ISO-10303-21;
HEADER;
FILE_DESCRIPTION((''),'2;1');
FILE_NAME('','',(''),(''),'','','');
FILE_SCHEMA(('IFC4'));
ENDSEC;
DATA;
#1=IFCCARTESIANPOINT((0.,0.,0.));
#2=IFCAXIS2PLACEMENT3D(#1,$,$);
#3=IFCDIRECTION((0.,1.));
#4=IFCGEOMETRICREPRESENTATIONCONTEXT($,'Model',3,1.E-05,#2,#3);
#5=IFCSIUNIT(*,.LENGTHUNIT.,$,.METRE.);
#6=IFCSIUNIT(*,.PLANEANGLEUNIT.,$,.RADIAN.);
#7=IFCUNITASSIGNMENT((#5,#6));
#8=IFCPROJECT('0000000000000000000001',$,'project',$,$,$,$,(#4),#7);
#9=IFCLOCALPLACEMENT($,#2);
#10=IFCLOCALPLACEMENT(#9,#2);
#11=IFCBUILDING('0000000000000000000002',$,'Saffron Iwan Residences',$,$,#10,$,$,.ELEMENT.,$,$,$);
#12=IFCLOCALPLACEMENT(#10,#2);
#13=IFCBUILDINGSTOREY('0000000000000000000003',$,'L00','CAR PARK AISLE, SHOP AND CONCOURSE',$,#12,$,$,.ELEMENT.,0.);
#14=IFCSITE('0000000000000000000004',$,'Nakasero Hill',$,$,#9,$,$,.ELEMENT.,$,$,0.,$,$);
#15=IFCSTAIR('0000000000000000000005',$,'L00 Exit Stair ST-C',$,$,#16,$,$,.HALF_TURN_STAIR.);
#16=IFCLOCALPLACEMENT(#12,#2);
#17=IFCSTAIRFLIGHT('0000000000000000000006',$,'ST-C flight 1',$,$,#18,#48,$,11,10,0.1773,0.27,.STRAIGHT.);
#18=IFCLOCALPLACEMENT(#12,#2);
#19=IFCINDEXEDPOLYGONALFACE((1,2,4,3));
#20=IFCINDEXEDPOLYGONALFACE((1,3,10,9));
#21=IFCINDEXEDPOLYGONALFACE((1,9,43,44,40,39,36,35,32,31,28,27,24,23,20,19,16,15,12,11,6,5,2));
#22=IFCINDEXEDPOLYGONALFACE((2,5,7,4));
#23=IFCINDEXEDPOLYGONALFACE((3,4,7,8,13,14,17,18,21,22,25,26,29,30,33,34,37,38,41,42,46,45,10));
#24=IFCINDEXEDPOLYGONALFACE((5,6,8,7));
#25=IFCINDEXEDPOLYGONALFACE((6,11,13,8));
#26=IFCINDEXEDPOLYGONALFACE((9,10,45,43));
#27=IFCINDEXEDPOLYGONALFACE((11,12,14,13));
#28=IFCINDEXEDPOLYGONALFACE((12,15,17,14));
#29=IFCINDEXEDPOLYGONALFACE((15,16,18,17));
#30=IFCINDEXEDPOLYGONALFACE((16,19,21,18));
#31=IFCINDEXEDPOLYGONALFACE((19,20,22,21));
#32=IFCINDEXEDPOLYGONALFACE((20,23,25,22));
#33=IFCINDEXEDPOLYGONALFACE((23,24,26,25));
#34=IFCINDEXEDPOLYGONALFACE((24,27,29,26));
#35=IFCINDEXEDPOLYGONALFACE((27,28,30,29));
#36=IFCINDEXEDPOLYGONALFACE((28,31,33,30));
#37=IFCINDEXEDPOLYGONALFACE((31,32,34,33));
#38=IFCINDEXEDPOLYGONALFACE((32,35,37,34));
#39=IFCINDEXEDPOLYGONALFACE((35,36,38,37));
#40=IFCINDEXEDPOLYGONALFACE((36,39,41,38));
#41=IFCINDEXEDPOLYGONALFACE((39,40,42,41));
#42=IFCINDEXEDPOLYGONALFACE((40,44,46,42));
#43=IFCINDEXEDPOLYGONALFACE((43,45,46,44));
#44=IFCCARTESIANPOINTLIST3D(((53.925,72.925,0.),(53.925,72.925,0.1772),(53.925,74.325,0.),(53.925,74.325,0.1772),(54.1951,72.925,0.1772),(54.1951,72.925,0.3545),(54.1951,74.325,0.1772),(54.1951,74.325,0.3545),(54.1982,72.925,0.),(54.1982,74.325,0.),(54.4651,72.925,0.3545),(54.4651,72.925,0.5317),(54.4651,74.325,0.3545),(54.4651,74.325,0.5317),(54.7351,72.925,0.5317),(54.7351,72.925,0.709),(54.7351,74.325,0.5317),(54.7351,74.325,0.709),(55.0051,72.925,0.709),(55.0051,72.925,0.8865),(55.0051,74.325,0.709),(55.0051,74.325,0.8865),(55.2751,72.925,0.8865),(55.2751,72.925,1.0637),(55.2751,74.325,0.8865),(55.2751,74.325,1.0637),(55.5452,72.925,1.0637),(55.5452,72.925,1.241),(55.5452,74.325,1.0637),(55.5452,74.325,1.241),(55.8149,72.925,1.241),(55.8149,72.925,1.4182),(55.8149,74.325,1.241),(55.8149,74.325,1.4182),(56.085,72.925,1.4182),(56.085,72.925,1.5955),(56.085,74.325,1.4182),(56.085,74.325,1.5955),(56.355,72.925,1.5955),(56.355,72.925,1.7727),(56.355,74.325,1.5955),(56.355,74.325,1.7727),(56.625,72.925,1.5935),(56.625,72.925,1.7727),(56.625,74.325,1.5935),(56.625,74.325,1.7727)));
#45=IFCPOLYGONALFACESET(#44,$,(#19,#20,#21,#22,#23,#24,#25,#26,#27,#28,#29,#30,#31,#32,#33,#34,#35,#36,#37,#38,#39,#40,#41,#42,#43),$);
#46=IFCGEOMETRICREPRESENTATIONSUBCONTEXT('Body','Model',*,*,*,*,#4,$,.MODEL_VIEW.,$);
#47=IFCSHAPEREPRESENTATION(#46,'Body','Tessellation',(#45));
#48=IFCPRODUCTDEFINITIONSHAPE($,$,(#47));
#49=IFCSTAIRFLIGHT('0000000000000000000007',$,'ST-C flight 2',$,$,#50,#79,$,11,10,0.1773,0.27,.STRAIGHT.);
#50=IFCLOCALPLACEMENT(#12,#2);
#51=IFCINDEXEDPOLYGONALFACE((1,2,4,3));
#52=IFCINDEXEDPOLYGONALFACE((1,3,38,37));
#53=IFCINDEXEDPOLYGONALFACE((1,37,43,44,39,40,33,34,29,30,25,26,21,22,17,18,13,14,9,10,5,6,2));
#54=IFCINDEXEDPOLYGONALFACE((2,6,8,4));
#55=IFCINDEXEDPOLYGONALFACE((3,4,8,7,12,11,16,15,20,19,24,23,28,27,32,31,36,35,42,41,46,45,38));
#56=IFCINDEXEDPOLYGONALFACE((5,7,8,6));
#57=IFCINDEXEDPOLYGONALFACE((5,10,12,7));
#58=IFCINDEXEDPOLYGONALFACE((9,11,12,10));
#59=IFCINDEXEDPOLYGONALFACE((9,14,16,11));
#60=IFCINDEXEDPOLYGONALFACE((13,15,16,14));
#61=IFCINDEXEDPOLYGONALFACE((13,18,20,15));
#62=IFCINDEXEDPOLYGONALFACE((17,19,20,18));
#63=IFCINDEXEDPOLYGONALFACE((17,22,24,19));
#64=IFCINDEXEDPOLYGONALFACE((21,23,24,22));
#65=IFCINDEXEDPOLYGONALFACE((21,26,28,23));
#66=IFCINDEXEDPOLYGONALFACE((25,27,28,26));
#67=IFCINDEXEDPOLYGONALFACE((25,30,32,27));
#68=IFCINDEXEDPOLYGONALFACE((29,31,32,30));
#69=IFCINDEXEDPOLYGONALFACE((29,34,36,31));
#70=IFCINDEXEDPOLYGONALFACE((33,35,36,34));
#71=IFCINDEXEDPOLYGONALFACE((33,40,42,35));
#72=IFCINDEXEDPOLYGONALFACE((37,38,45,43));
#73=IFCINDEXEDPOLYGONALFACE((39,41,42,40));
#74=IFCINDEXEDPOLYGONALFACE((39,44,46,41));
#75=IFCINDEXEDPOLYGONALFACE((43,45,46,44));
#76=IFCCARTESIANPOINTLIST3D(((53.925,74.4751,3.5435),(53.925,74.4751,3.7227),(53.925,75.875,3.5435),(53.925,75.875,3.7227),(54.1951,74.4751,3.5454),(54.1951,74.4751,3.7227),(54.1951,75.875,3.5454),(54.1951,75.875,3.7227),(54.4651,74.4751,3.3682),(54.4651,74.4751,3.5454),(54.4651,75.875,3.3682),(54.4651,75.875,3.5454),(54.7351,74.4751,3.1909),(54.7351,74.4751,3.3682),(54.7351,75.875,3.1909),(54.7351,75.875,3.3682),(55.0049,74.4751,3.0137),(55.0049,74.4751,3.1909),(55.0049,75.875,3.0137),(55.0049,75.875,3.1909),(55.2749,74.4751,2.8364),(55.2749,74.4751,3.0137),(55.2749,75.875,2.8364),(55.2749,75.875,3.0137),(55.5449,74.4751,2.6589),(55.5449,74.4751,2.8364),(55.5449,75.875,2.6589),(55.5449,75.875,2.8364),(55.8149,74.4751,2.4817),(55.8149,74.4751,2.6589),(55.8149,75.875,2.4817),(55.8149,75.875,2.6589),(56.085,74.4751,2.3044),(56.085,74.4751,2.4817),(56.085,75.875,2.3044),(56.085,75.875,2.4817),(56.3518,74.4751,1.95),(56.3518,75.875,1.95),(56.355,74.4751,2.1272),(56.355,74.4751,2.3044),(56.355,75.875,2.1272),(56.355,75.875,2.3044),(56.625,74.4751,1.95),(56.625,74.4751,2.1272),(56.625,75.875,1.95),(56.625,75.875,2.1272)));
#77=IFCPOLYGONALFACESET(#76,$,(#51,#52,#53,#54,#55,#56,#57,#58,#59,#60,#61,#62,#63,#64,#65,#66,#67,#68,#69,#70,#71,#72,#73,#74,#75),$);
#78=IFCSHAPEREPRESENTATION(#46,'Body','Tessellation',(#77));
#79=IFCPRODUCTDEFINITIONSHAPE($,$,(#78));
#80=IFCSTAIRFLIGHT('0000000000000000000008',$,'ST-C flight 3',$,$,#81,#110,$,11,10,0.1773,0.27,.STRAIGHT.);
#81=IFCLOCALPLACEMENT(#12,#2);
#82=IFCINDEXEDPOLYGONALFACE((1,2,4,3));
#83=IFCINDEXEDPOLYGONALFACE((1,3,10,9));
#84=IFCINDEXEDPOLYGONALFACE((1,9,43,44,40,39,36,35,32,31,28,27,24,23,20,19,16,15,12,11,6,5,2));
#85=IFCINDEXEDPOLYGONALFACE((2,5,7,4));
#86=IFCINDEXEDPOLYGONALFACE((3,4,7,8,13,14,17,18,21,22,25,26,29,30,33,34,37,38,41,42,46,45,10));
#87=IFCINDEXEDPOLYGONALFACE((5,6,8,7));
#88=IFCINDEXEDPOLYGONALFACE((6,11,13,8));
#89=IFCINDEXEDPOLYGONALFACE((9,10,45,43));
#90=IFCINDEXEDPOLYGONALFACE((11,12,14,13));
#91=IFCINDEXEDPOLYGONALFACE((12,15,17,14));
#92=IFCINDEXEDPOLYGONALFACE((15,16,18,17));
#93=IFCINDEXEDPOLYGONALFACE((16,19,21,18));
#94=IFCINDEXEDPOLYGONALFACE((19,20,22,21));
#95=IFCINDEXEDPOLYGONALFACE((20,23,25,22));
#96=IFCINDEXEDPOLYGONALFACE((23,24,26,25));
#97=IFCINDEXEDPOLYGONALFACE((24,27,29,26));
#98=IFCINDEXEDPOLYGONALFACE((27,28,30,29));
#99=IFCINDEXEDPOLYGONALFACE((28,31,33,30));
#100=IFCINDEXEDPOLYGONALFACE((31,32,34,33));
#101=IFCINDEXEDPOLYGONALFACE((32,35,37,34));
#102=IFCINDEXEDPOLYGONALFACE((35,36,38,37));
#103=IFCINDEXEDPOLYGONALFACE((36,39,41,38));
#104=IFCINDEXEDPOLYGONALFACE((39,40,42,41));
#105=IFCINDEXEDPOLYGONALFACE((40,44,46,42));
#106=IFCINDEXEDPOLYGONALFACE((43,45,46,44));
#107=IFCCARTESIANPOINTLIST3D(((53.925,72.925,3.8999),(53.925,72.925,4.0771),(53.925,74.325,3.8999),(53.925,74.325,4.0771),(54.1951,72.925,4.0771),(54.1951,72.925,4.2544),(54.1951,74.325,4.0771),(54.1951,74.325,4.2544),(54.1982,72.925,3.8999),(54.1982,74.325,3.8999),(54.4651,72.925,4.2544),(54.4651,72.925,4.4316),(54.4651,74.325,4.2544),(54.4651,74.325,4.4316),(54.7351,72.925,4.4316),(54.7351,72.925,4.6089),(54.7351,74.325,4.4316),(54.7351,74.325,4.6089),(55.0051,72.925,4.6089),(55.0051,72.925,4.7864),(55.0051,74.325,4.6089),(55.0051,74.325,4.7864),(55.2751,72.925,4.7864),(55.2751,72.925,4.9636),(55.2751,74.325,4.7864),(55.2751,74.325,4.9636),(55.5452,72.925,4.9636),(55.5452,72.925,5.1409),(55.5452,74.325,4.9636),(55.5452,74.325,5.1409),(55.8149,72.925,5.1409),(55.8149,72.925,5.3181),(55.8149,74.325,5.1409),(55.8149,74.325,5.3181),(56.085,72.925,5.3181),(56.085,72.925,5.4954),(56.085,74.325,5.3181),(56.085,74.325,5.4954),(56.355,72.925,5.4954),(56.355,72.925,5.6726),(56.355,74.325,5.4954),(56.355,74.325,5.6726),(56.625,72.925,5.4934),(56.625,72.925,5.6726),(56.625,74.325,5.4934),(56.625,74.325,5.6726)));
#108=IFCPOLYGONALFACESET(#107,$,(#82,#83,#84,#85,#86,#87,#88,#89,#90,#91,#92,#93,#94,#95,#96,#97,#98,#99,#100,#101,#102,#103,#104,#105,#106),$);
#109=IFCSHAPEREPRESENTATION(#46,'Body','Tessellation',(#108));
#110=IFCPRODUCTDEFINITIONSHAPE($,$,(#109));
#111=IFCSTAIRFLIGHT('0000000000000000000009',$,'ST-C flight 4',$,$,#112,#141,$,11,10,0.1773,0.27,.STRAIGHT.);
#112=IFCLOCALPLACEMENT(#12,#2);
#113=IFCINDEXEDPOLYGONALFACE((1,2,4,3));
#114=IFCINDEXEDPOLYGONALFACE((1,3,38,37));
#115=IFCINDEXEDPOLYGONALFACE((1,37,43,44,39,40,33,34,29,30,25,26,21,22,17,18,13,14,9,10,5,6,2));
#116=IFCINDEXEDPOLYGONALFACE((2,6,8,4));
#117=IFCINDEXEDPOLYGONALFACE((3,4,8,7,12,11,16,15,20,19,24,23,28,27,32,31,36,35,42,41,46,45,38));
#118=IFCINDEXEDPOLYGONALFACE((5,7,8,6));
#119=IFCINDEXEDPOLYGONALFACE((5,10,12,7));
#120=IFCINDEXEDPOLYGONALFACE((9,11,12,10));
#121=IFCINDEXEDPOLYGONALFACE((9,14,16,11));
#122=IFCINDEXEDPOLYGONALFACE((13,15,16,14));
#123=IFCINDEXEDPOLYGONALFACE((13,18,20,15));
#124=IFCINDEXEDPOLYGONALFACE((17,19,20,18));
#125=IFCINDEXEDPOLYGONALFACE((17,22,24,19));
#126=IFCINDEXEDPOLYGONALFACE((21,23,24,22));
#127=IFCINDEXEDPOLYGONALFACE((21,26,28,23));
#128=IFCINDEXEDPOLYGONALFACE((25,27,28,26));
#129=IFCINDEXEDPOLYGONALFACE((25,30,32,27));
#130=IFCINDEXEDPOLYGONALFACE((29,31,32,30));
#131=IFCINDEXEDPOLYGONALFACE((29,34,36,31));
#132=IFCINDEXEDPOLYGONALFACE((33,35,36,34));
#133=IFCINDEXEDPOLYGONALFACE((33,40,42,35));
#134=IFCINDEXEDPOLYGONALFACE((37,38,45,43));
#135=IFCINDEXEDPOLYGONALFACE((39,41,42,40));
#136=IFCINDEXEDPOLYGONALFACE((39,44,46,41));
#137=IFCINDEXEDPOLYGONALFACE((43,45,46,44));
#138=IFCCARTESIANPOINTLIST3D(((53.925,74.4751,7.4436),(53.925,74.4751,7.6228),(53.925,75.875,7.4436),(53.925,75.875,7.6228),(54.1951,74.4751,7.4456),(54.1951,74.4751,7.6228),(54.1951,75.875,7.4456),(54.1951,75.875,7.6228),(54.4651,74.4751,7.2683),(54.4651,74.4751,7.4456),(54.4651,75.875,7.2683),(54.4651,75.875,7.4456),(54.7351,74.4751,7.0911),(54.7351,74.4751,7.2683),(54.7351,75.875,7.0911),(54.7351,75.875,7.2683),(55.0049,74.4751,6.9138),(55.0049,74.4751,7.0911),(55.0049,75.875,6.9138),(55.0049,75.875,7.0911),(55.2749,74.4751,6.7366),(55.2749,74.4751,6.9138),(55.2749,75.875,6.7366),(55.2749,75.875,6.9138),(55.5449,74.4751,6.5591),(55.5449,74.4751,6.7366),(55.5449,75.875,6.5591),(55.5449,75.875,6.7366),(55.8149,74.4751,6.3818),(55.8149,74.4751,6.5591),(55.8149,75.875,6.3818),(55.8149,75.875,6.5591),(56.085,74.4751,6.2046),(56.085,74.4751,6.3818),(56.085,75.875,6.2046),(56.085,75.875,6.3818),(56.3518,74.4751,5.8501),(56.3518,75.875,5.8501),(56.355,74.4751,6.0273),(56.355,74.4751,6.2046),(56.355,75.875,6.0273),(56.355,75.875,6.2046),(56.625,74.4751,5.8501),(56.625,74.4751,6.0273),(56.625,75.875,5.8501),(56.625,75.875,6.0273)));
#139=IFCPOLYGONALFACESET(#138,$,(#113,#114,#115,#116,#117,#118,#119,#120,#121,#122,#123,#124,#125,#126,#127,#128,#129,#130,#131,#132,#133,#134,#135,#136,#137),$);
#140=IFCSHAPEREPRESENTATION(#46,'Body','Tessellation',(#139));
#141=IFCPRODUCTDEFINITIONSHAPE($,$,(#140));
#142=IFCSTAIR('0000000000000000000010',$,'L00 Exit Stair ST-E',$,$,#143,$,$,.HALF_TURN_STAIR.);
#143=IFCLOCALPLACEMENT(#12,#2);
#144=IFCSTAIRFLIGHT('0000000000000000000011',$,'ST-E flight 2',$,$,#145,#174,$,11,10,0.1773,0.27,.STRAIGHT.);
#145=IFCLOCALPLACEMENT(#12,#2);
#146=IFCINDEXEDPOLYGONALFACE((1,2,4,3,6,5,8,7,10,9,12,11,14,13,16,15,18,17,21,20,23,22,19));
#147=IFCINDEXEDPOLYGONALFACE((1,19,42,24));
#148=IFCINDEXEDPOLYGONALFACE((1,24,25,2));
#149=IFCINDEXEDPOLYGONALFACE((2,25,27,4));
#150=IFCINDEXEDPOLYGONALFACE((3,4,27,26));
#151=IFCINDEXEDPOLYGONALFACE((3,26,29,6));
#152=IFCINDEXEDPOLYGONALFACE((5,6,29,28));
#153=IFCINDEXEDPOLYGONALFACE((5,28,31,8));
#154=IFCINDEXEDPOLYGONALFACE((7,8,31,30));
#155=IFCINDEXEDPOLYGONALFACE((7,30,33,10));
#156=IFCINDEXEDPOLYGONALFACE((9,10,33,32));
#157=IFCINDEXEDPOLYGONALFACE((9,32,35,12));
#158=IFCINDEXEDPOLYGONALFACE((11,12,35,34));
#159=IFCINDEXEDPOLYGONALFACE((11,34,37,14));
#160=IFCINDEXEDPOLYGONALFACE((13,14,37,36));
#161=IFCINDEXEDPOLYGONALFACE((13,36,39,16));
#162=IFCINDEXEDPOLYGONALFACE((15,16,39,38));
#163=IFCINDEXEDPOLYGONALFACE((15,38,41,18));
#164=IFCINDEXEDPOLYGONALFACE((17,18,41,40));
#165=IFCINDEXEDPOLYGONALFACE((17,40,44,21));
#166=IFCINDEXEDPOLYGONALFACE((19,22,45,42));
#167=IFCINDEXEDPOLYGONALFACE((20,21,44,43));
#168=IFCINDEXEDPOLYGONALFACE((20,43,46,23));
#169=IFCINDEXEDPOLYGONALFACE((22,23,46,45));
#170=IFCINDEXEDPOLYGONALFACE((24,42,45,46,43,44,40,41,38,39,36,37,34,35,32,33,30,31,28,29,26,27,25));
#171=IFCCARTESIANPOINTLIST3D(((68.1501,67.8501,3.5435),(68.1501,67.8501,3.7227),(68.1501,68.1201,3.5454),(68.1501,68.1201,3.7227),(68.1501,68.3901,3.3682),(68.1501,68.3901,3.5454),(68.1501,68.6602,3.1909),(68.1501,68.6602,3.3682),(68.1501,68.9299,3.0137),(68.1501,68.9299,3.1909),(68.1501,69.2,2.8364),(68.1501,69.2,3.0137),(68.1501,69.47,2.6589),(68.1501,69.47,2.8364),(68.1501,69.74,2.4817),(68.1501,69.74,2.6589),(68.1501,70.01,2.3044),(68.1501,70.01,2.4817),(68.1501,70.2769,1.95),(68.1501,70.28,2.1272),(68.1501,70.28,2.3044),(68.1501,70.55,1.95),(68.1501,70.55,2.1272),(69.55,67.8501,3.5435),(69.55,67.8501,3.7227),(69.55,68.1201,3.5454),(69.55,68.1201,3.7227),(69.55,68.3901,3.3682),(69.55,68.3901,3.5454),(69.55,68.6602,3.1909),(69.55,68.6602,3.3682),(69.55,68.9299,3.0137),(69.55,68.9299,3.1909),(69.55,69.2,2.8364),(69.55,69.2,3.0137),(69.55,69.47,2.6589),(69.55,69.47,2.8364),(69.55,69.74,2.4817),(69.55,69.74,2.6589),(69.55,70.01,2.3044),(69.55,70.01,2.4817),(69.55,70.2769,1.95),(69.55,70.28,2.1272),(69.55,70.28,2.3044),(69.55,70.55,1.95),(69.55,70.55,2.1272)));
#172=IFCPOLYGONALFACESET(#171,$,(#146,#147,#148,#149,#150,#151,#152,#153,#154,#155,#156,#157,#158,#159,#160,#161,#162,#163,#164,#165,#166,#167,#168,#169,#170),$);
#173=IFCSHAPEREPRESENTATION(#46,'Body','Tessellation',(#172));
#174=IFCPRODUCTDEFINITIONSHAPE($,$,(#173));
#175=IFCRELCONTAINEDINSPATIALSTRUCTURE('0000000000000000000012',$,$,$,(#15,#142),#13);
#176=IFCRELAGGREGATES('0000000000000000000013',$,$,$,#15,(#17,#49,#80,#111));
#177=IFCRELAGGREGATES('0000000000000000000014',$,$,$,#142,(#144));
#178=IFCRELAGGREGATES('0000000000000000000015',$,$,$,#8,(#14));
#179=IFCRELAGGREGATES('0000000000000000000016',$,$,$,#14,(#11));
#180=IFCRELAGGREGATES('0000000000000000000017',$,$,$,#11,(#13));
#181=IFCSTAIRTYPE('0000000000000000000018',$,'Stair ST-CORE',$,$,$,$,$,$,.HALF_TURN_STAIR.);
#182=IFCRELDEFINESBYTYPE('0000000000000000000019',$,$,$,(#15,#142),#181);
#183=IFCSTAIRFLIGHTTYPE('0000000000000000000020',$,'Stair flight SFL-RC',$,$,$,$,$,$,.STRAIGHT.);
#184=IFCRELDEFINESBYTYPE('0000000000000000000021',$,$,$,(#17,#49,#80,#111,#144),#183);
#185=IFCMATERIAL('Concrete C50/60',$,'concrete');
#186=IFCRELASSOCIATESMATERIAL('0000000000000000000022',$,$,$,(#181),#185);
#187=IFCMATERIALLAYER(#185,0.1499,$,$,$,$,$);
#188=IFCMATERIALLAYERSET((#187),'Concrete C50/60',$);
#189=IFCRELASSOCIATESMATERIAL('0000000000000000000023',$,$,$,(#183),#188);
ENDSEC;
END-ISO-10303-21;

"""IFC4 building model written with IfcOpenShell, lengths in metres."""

from ifc_helpers import new_model, si_unit, direction, frame, origin, place, context, subcontext, project, spatial, polyline, outline, extrude, material, layer, layer_set, type_object, element, aggregate, save


model = new_model("IFC4")

# Units and contexts
model_context = context("Model", 3, precision=1e-05, world=origin(), true_north=direction((0.0, 1.0)))
body_context = subcontext(model_context, "Body", "Model", "MODEL_VIEW")
ifc_project = project(units=[si_unit("LENGTHUNIT", "METRE"), si_unit("PLANEANGLEUNIT", "RADIAN")], contexts=[model_context])

# Site, building, storey
site_placement = place(None, origin())
site = spatial("IfcSite", under=ifc_project, at=site_placement, Name="Nakasero Hill", CompositionType="ELEMENT", RefElevation=0.0)
building_placement = place(site_placement, origin())
building = spatial("IfcBuilding", under=site, at=building_placement, Name="Saffron Iwan Residences", CompositionType="ELEMENT")
storey_placement = place(building_placement, origin())
storey = spatial("IfcBuildingStorey", under=building, at=storey_placement, Name="L00", Description="CAR PARK AISLE, SHOP AND CONCOURSE", CompositionType="ELEMENT", Elevation=0.0)

# Shared definitions
ifc_material_1 = material(Name="Concrete C50/60", Category="concrete")

# Stairs, stair flights
stair_type = type_object("IfcStairType", Name="Stair ST-CORE", PredefinedType="HALF_TURN_STAIR", material=ifc_material_1)
stair_1_placement = place(storey_placement, origin())
stair_1 = element("IfcStair", 1, at=stair_1_placement, inside=storey, type_object=stair_type, Name="L00 Exit Stair ST-C", PredefinedType="HALF_TURN_STAIR")
ifc_layer_1 = layer(ifc_material_1, 0.1499)
ifc_layer_set_1 = layer_set([ifc_layer_1], Name="Concrete C50/60")
stair_flight_type = type_object("IfcStairFlightType", Name="Stair flight SFL-RC", PredefinedType="STRAIGHT", material=ifc_layer_set_1)
stair_flight_1_placement = place(storey_placement, frame((53.925, 73.625, 0.0), z_axis=(0.0, 0.0, 1.0), x_axis=(1.0, 0.0, 0.0)))
stair_flight_1 = element("IfcStairFlight", 2, at=stair_flight_1_placement, type_object=stair_flight_type, Name="ST-C flight 1", NumberOfRisers=11, NumberOfTreads=10, PredefinedType="STRAIGHT", RiserHeight=0.1773, TreadLength=0.27, context=body_context, shape_type="SweptSolid", body=[
    extrude(outline(polyline([(0.0, 0.0), (0.0, 0.1772), (0.27, 0.1772), (0.27, 0.3545), (0.54, 0.3545), (0.54, 0.5317), (0.8101, 0.5317), (0.8101, 0.709), (1.0801, 0.709), (1.0801, 0.8865), (1.3501, 0.8865), (1.3501, 1.0637), (1.6201, 1.0637), (1.6201, 1.241), (1.8899, 1.241), (1.8899, 1.4182), (2.1599, 1.4182), (2.1599, 1.5955), (2.4299, 1.5955), (2.4299, 1.7727), (2.7, 1.7727), (2.7, 1.95), (2.7, 1.5935), (0.2732, 0.0), (0.0, 0.0)])), frame((0.0, 0.7, 0.0), z_axis=(0.0, -1.0, 0.0), x_axis=(1.0, 0.0, 0.0)), (0.0, 0.0, 1.0), 1.3999),
])
stair_flight_2_placement = place(storey_placement, frame((56.625, 75.175, 1.95), z_axis=(0.0, 0.0, 1.0), x_axis=(-1.0, 0.0, 0.0)))
stair_flight_2 = element("IfcStairFlight", 3, at=stair_flight_2_placement, type_object=stair_flight_type, Name="ST-C flight 2", NumberOfRisers=11, NumberOfTreads=10, PredefinedType="STRAIGHT", RiserHeight=0.1773, TreadLength=0.27, context=body_context, shape_type="SweptSolid", body=[
    extrude(outline(polyline([(0.0, 0.0), (0.0, 0.1772), (0.27, 0.1772), (0.27, 0.3545), (0.54, 0.3545), (0.54, 0.5317), (0.8101, 0.5317), (0.8101, 0.709), (1.0801, 0.709), (1.0801, 0.8865), (1.3501, 0.8865), (1.3501, 1.0637), (1.6201, 1.0637), (1.6201, 1.241), (1.8899, 1.241), (1.8899, 1.4182), (2.1599, 1.4182), (2.1599, 1.5955), (2.4299, 1.5955), (2.4299, 1.7727), (2.7, 1.7727), (2.7, 1.95), (2.7, 1.5935), (0.2732, 0.0), (0.0, 0.0)])), frame((0.0, 0.7, 0.0), z_axis=(0.0, -1.0, 0.0), x_axis=(1.0, 0.0, 0.0)), (0.0, 0.0, 1.0), 1.3999),
])
stair_flight_3_placement = place(storey_placement, frame((53.925, 73.625, 3.8999), z_axis=(0.0, 0.0, 1.0), x_axis=(1.0, 0.0, 0.0)))
stair_flight_3 = element("IfcStairFlight", 4, at=stair_flight_3_placement, type_object=stair_flight_type, Name="ST-C flight 3", NumberOfRisers=11, NumberOfTreads=10, PredefinedType="STRAIGHT", RiserHeight=0.1773, TreadLength=0.27, context=body_context, shape_type="SweptSolid", body=[
    extrude(outline(polyline([(0.0, 0.0), (0.0, 0.1772), (0.27, 0.1772), (0.27, 0.3545), (0.54, 0.3545), (0.54, 0.5317), (0.8101, 0.5317), (0.8101, 0.709), (1.0801, 0.709), (1.0801, 0.8865), (1.3501, 0.8865), (1.3501, 1.0637), (1.6201, 1.0637), (1.6201, 1.241), (1.8899, 1.241), (1.8899, 1.4182), (2.1599, 1.4182), (2.1599, 1.5955), (2.4299, 1.5955), (2.4299, 1.7727), (2.7, 1.7727), (2.7, 1.95), (2.7, 1.5935), (0.2732, 0.0), (0.0, 0.0)])), frame((0.0, 0.7, 0.0), z_axis=(0.0, -1.0, 0.0), x_axis=(1.0, 0.0, 0.0)), (0.0, 0.0, 1.0), 1.3999),
])
stair_flight_4_placement = place(storey_placement, frame((56.625, 75.175, 5.8501), z_axis=(0.0, 0.0, 1.0), x_axis=(-1.0, 0.0, 0.0)))
stair_flight_4 = element("IfcStairFlight", 5, at=stair_flight_4_placement, type_object=stair_flight_type, Name="ST-C flight 4", NumberOfRisers=11, NumberOfTreads=10, PredefinedType="STRAIGHT", RiserHeight=0.1773, TreadLength=0.27, context=body_context, shape_type="SweptSolid", body=[
    extrude(outline(polyline([(0.0, 0.0), (0.0, 0.1772), (0.27, 0.1772), (0.27, 0.3545), (0.54, 0.3545), (0.54, 0.5317), (0.8101, 0.5317), (0.8101, 0.709), (1.0801, 0.709), (1.0801, 0.8865), (1.3501, 0.8865), (1.3501, 1.0637), (1.6201, 1.0637), (1.6201, 1.241), (1.8899, 1.241), (1.8899, 1.4182), (2.1599, 1.4182), (2.1599, 1.5955), (2.4299, 1.5955), (2.4299, 1.7727), (2.7, 1.7727), (2.7, 1.95), (2.7, 1.5935), (0.2732, 0.0), (0.0, 0.0)])), frame((0.0, 0.7, 0.0), z_axis=(0.0, -1.0, 0.0), x_axis=(1.0, 0.0, 0.0)), (0.0, 0.0, 1.0), 1.3999),
])
aggregate(stair_1, [stair_flight_1, stair_flight_2, stair_flight_3, stair_flight_4])
stair_2_placement = place(storey_placement, origin())
stair_2 = element("IfcStair", 6, at=stair_2_placement, inside=storey, type_object=stair_type, Name="L00 Exit Stair ST-E", PredefinedType="HALF_TURN_STAIR")
stair_flight_5_placement = place(storey_placement, frame((68.8501, 70.55, 1.95), z_axis=(0.0, 0.0, 1.0), x_axis=(0.0, -1.0, 0.0)))
stair_flight_5 = element("IfcStairFlight", 7, at=stair_flight_5_placement, type_object=stair_flight_type, Name="ST-E flight 2", NumberOfRisers=11, NumberOfTreads=10, PredefinedType="STRAIGHT", RiserHeight=0.1773, TreadLength=0.27, context=body_context, shape_type="SweptSolid", body=[
    extrude(outline(polyline([(0.0, 0.0), (0.0, 0.1772), (0.27, 0.1772), (0.27, 0.3545), (0.54, 0.3545), (0.54, 0.5317), (0.8101, 0.5317), (0.8101, 0.709), (1.0801, 0.709), (1.0801, 0.8865), (1.3501, 0.8865), (1.3501, 1.0637), (1.6201, 1.0637), (1.6201, 1.241), (1.8899, 1.241), (1.8899, 1.4182), (2.1599, 1.4182), (2.1599, 1.5955), (2.4299, 1.5955), (2.4299, 1.7727), (2.7, 1.7727), (2.7, 1.95), (2.7, 1.5935), (0.2732, 0.0), (0.0, 0.0)])), frame((0.0, 0.7, 0.0), z_axis=(0.0, -1.0, 0.0), x_axis=(1.0, 0.0, 0.0)), (0.0, 0.0, 1.0), 1.3999),
])
aggregate(stair_2, [stair_flight_5])

save(model, "model.ifc")
